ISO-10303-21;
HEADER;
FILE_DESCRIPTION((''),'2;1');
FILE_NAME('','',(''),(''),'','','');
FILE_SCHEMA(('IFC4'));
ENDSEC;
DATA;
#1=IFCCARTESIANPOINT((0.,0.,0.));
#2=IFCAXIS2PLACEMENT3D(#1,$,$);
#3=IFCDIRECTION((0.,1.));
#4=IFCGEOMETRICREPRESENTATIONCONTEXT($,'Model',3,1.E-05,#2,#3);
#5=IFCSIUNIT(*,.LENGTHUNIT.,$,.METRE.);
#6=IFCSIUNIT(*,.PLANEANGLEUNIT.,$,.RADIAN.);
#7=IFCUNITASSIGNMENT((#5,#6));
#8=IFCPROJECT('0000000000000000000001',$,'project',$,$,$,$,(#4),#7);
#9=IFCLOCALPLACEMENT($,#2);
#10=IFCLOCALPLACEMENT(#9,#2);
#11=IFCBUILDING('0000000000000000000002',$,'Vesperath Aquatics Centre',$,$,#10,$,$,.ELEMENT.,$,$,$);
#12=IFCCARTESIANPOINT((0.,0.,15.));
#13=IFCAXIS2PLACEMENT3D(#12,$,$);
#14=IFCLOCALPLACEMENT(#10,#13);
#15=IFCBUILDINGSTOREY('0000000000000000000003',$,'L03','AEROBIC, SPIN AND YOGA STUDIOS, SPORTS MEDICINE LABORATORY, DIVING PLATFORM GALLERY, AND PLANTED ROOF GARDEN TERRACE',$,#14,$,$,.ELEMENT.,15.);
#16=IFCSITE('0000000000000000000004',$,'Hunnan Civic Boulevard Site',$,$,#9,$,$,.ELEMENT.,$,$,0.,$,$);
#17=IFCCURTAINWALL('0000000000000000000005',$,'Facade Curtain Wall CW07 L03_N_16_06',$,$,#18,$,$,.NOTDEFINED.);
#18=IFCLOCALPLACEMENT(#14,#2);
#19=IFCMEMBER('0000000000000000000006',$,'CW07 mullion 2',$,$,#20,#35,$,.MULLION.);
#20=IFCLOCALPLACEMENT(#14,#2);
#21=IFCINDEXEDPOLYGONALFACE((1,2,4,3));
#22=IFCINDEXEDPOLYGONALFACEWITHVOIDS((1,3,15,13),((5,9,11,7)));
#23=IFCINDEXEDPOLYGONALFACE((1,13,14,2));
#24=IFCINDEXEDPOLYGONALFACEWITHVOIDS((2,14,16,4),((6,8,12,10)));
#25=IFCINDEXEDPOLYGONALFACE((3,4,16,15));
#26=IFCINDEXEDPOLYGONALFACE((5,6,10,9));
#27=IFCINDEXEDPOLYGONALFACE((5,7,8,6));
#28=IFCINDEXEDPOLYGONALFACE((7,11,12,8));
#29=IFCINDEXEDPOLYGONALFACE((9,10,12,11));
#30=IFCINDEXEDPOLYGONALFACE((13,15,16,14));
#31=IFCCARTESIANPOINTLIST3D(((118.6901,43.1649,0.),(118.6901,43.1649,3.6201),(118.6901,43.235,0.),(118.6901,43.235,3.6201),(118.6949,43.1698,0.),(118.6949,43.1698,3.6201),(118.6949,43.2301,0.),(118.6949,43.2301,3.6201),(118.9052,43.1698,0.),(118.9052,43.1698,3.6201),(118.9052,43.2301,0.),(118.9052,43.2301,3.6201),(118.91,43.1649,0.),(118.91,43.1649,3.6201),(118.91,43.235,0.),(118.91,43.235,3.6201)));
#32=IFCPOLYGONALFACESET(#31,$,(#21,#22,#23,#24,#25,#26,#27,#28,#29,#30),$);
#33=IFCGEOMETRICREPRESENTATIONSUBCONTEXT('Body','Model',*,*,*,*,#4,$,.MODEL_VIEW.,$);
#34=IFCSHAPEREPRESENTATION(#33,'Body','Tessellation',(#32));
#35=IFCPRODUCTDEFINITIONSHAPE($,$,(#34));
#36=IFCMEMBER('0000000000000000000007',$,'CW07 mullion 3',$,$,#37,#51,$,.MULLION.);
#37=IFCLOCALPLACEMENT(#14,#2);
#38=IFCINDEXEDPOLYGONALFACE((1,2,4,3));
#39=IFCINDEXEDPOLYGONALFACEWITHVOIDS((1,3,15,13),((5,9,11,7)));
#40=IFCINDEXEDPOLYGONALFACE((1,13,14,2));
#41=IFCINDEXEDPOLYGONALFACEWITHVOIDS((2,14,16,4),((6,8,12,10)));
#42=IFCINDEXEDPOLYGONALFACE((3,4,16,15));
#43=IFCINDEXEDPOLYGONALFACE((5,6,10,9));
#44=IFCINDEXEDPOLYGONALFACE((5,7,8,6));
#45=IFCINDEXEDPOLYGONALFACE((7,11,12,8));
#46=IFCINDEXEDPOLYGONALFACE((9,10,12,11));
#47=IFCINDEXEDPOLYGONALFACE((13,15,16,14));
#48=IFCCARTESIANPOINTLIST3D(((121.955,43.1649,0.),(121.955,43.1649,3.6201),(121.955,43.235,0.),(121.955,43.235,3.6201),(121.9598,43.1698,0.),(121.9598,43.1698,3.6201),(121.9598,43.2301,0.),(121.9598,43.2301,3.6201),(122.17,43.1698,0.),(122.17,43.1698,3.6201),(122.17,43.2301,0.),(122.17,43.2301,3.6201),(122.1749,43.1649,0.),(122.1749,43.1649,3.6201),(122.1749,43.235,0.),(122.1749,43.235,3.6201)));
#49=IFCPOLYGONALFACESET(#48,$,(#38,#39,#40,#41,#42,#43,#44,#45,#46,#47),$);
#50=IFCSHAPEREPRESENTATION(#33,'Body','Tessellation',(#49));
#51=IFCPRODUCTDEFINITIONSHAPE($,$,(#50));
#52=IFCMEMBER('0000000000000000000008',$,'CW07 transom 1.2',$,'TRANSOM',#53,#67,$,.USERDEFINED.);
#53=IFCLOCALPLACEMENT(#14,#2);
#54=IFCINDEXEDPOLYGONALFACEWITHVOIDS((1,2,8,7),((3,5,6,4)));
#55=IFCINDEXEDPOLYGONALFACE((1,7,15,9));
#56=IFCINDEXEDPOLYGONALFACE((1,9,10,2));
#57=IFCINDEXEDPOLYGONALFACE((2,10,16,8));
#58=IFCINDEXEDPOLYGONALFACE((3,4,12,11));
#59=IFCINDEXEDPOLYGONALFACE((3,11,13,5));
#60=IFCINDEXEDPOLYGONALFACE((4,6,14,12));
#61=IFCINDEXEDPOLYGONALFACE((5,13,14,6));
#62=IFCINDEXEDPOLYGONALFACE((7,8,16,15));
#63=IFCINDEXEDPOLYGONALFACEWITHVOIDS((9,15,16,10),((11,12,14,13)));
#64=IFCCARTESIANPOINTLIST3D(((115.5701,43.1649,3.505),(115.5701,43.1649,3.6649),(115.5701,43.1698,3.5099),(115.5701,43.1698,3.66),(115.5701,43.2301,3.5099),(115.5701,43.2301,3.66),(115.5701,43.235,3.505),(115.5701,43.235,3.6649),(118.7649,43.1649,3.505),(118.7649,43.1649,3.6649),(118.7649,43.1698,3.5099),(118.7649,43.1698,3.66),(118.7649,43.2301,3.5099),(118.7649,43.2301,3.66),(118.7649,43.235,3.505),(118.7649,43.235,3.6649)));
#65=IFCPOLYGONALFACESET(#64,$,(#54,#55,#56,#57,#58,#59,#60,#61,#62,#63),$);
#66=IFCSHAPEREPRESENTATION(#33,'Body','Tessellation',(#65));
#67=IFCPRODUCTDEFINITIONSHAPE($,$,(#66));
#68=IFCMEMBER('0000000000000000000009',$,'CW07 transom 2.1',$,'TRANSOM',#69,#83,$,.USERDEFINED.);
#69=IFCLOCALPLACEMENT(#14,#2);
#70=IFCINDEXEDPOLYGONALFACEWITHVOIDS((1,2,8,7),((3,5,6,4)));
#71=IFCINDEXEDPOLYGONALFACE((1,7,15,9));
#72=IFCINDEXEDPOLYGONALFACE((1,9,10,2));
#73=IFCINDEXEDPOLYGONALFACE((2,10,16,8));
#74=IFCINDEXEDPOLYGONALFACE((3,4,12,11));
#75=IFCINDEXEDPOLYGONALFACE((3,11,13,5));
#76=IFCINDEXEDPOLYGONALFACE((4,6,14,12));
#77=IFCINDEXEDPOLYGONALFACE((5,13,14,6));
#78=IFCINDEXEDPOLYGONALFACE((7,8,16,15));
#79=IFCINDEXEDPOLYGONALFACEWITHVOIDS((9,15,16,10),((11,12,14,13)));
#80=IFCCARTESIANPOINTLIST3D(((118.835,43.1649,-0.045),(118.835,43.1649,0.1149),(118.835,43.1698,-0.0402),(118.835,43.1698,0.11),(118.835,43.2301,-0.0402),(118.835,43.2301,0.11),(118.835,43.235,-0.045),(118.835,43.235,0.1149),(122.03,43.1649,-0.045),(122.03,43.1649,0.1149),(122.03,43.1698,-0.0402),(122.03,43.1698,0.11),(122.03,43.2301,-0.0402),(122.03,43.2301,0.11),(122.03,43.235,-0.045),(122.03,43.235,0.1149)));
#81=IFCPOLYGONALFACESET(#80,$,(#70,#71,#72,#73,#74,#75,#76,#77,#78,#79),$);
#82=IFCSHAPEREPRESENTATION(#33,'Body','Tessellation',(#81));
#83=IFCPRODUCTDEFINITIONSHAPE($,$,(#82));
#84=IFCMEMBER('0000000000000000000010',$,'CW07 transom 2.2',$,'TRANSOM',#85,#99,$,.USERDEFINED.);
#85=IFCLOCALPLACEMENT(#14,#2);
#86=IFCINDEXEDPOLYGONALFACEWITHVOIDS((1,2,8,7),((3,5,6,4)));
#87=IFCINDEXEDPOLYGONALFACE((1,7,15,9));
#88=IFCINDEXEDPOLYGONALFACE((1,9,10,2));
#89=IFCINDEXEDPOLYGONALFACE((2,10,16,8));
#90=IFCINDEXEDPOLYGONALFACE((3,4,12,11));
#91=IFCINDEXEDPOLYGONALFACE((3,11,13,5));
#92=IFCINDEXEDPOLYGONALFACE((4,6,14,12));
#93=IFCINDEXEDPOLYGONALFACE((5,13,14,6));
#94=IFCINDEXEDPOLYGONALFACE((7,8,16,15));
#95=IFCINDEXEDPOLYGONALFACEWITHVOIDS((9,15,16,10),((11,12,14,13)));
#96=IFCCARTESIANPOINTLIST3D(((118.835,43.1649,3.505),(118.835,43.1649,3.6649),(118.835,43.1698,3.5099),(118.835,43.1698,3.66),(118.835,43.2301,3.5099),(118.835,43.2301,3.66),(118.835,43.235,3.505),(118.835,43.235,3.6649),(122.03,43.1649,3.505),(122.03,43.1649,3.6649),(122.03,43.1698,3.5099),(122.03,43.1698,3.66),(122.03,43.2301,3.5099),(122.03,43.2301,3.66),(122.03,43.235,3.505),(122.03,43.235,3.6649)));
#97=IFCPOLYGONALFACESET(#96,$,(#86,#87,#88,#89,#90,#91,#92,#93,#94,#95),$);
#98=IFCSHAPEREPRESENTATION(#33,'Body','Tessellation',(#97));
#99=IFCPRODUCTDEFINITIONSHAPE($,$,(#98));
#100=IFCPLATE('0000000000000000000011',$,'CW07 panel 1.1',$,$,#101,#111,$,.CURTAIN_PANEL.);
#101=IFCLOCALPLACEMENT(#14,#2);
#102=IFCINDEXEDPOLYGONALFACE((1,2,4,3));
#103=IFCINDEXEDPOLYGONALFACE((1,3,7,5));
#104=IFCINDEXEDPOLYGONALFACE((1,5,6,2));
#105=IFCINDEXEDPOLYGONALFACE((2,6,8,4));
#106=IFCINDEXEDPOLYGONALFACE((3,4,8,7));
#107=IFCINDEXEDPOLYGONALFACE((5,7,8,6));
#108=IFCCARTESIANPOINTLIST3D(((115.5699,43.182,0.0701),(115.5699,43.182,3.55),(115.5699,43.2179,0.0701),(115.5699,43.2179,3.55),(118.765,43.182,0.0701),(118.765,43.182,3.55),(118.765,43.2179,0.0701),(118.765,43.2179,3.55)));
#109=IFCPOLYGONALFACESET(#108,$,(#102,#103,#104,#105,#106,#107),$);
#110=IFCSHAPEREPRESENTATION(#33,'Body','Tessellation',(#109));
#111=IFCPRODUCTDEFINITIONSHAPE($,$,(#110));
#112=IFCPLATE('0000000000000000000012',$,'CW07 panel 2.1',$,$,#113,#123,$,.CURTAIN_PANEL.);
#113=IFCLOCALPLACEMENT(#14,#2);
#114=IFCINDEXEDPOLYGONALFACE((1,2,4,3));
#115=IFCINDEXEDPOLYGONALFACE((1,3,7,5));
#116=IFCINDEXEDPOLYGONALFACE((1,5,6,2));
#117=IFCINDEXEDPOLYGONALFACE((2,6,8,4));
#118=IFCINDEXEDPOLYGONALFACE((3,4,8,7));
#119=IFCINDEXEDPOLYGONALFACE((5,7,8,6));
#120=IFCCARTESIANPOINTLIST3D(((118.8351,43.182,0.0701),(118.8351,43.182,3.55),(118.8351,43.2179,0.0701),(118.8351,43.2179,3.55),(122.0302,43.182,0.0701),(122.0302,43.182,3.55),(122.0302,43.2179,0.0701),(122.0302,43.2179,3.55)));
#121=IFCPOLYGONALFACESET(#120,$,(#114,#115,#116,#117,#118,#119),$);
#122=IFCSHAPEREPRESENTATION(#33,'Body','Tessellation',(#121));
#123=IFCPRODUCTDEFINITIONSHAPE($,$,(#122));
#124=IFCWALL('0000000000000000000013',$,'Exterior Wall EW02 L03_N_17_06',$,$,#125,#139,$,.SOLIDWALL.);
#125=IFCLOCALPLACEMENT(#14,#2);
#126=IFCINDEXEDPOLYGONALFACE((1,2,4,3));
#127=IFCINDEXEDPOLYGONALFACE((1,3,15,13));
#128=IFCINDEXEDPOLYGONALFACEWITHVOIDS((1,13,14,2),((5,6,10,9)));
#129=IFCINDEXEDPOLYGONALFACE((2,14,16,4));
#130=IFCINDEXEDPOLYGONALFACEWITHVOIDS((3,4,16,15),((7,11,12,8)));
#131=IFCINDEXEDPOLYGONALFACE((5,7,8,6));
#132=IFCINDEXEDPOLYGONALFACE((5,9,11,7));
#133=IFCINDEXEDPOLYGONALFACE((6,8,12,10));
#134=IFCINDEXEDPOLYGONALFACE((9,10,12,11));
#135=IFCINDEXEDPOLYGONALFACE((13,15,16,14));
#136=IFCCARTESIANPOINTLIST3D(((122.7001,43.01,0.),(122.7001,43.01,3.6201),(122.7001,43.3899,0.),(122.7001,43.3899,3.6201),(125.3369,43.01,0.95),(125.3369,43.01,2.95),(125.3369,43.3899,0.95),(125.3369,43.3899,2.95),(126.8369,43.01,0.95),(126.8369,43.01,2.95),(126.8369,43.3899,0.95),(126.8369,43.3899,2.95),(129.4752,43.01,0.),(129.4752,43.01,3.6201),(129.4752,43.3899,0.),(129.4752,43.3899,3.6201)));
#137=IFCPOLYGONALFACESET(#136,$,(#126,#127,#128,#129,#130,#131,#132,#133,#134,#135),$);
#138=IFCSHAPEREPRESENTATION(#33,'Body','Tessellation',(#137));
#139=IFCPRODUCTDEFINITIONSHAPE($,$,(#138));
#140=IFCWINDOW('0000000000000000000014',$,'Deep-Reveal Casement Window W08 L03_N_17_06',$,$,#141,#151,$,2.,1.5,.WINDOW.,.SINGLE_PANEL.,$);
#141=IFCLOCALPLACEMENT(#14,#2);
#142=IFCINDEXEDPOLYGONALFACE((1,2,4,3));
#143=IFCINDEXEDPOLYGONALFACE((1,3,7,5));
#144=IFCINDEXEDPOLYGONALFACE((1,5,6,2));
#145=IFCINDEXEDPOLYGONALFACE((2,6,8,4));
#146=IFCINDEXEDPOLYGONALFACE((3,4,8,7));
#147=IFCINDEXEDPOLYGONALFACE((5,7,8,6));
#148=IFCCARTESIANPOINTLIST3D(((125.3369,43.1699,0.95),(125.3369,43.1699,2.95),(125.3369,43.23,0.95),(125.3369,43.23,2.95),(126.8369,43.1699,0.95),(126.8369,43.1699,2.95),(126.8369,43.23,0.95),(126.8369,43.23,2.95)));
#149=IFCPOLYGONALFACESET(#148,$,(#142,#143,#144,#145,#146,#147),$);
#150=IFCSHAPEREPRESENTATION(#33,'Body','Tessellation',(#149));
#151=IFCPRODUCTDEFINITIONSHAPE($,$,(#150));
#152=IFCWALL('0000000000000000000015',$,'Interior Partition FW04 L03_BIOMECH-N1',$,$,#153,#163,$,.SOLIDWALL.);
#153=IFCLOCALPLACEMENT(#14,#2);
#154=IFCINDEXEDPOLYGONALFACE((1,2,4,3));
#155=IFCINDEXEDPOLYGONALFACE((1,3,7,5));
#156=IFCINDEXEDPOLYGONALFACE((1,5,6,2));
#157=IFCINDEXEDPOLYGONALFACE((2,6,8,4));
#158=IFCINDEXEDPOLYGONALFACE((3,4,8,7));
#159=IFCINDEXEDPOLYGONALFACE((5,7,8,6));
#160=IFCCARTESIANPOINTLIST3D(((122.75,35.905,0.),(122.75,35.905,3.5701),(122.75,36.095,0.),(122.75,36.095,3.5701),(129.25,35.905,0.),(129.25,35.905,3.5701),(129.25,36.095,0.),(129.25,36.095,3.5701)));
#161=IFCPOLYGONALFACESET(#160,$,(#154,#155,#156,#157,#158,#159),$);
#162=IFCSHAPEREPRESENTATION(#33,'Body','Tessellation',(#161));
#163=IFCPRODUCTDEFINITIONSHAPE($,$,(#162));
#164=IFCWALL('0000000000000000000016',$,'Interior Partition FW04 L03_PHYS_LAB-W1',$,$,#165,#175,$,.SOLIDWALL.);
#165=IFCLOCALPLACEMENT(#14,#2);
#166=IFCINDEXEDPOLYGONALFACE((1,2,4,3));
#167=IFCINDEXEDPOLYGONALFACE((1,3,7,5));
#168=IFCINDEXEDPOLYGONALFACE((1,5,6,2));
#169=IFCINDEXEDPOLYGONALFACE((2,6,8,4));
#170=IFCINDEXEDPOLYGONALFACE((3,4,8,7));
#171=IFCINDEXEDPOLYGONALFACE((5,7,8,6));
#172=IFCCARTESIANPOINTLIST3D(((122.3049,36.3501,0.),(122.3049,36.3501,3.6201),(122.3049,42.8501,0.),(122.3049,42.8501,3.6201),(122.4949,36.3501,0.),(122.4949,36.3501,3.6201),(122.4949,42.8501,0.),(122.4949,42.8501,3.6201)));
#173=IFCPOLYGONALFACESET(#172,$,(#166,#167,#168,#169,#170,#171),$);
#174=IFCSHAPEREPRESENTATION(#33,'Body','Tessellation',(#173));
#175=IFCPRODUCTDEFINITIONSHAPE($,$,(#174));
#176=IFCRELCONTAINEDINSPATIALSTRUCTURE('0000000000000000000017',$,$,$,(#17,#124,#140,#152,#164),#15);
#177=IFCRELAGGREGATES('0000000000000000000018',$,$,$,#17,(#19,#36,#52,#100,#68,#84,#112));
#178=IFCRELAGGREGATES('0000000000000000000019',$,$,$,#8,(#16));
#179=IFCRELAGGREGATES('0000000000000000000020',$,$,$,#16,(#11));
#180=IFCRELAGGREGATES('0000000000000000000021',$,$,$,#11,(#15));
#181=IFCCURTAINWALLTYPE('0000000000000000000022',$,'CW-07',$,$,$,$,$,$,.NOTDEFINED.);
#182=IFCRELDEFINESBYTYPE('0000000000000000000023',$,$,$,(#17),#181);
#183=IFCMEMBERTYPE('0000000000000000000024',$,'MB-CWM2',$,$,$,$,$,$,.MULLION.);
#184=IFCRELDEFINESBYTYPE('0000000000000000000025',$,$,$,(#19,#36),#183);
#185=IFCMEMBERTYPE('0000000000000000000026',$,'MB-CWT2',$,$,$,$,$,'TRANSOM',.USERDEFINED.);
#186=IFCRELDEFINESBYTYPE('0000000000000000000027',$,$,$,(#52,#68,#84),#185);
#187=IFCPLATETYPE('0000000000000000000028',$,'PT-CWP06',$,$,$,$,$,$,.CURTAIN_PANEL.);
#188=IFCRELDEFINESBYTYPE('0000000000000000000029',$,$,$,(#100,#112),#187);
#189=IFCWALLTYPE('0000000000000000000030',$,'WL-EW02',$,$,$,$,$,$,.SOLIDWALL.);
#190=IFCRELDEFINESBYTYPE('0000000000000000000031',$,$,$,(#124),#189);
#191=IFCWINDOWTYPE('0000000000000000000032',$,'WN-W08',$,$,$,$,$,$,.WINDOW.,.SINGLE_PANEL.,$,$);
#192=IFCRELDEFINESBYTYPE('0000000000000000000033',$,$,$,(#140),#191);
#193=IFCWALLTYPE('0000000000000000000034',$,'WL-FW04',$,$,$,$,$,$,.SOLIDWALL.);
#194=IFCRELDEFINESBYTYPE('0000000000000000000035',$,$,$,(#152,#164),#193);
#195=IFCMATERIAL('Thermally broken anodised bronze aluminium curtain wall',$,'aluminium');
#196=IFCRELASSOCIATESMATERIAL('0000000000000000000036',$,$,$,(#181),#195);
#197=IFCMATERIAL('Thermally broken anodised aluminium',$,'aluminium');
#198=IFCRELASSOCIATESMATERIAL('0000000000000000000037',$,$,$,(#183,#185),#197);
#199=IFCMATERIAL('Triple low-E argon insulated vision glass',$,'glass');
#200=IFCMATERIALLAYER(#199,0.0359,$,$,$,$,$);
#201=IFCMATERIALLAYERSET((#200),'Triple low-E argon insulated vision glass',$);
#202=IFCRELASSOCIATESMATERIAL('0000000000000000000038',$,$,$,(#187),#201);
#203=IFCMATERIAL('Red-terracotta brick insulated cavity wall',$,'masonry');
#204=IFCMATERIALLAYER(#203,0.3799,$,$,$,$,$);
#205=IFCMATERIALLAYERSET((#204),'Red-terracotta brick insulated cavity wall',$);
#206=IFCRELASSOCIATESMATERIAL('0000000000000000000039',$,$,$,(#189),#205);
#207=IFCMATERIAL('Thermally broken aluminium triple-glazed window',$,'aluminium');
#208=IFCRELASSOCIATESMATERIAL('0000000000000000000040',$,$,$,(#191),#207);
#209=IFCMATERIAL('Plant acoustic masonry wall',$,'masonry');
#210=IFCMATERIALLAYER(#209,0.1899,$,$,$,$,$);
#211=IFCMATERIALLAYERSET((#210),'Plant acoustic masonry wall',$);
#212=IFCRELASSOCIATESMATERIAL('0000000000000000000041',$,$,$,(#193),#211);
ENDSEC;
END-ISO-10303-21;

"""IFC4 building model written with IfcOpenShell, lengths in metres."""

from ifc_helpers import new_model, si_unit, direction, frame, frame_2d, origin, origin_2d, place, context, subcontext, project, spatial, rectangle, hollow_rectangle, extrude, material, layer, layer_set, material_profile, profile_set, type_object, element, fill, aggregate, save


model = new_model("IFC4")

# Units and contexts
model_context = context("Model", 3, precision=1e-05, world=origin(), true_north=direction((0.0, 1.0)))
body_context = subcontext(model_context, "Body", "Model", "MODEL_VIEW")
ifc_project = project(units=[si_unit("LENGTHUNIT", "METRE"), si_unit("PLANEANGLEUNIT", "RADIAN")], contexts=[model_context])

# Site, building, storey
site_placement = place(None, origin())
site = spatial("IfcSite", under=ifc_project, at=site_placement, Name="Hunnan Civic Boulevard Site", CompositionType="ELEMENT", RefElevation=0.0)
building_placement = place(site_placement, origin())
building = spatial("IfcBuilding", under=site, at=building_placement, Name="Vesperath Aquatics Centre", CompositionType="ELEMENT")
storey_placement = place(building_placement, frame((0.0, 0.0, 15.0)))
storey = spatial("IfcBuildingStorey", under=building, at=storey_placement, Name="L03", Description="AEROBIC, SPIN AND YOGA STUDIOS, SPORTS MEDICINE LABORATORY, DIVING PLATFORM GALLERY, AND PLANTED ROOF GARDEN TERRACE", CompositionType="ELEMENT", Elevation=15.0)

# Curtain wall, members, plates
ifc_material_1 = material(Name="Thermally broken anodised bronze aluminium curtain wall", Category="aluminium")
curtain_wall_type = type_object("IfcCurtainWallType", Name="CW-07", PredefinedType="NOTDEFINED", material=ifc_material_1)
curtain_wall_placement = place(storey_placement, origin())
curtain_wall = element("IfcCurtainWall", 1, at=curtain_wall_placement, inside=storey, type_object=curtain_wall_type, Name="Facade Curtain Wall CW07 L03_N_16_06", PredefinedType="NOTDEFINED")
ifc_material_2 = material(Name="Thermally broken anodised aluminium", Category="aluminium")
ifc_material_profile_1 = material_profile(ifc_material_2, hollow_rectangle(XDim=0.0701, YDim=0.22, WallThickness=0.0049, at=origin_2d()), Name="CWM 70x220x5")
ifc_profile_set_1 = profile_set([ifc_material_profile_1], Name="Thermally broken anodised aluminium")
member_type_1 = type_object("IfcMemberType", Name="MB-CWM2", PredefinedType="MULLION", material=ifc_profile_set_1)
member_1_placement = place(storey_placement, frame((118.8, 43.2, 0.0), z_axis=(0.0, 0.0, 1.0), x_axis=(0.0, 1.0, 0.0)))
member_1 = element("IfcMember", 2, at=member_1_placement, type_object=member_type_1, Name="CW07 mullion 2", PredefinedType="MULLION", context=body_context, shape_type="SweptSolid", body=[
    extrude(hollow_rectangle(XDim=0.0701, YDim=0.22, WallThickness=0.0049, at=origin_2d()), origin(), (0.0, 0.0, 1.0), 3.6201),
])
member_2_placement = place(storey_placement, frame((122.0649, 43.2, 0.0), z_axis=(0.0, 0.0, 1.0), x_axis=(0.0, 1.0, 0.0)))
member_2 = element("IfcMember", 3, at=member_2_placement, type_object=member_type_1, Name="CW07 mullion 3", PredefinedType="MULLION", context=body_context, shape_type="SweptSolid", body=[
    extrude(hollow_rectangle(XDim=0.0701, YDim=0.22, WallThickness=0.0049, at=origin_2d()), origin(), (0.0, 0.0, 1.0), 3.6201),
])
ifc_material_profile_2 = material_profile(ifc_material_2, hollow_rectangle(XDim=0.0701, YDim=0.1599, WallThickness=0.0049, at=origin_2d()), Name="CWT 70x160x5")
ifc_profile_set_2 = profile_set([ifc_material_profile_2], Name="Thermally broken anodised aluminium")
member_type_2 = type_object("IfcMemberType", Name="MB-CWT2", ElementType="TRANSOM", PredefinedType="USERDEFINED", material=ifc_profile_set_2)
member_3_placement = place(storey_placement, frame((115.5701, 43.2, 3.585), z_axis=(1.0, 0.0, 0.0), x_axis=(0.0, 1.0, 0.0)))
member_3 = element("IfcMember", 4, at=member_3_placement, type_object=member_type_2, Name="CW07 transom 1.2", ObjectType="TRANSOM", PredefinedType="USERDEFINED", context=body_context, shape_type="SweptSolid", body=[
    extrude(hollow_rectangle(XDim=0.0701, YDim=0.1599, WallThickness=0.0049, at=origin_2d()), origin(), (0.0, 0.0, 1.0), 3.1948),
])
member_4_placement = place(storey_placement, frame((118.835, 43.2, 0.0349), z_axis=(1.0, 0.0, 0.0), x_axis=(0.0, 1.0, 0.0)))
member_4 = element("IfcMember", 5, at=member_4_placement, type_object=member_type_2, Name="CW07 transom 2.1", ObjectType="TRANSOM", PredefinedType="USERDEFINED", context=body_context, shape_type="SweptSolid", body=[
    extrude(hollow_rectangle(XDim=0.0701, YDim=0.1599, WallThickness=0.0049, at=origin_2d()), origin(), (0.0, 0.0, 1.0), 3.1951),
])
member_5_placement = place(storey_placement, frame((118.835, 43.2, 3.585), z_axis=(1.0, 0.0, 0.0), x_axis=(0.0, 1.0, 0.0)))
member_5 = element("IfcMember", 6, at=member_5_placement, type_object=member_type_2, Name="CW07 transom 2.2", ObjectType="TRANSOM", PredefinedType="USERDEFINED", context=body_context, shape_type="SweptSolid", body=[
    extrude(hollow_rectangle(XDim=0.0701, YDim=0.1599, WallThickness=0.0049, at=origin_2d()), origin(), (0.0, 0.0, 1.0), 3.1951),
])
ifc_material_3 = material(Name="Triple low-E argon insulated vision glass", Category="glass")
ifc_layer_1 = layer(ifc_material_3, 0.0359)
ifc_layer_set_1 = layer_set([ifc_layer_1], Name="Triple low-E argon insulated vision glass")
plate_type = type_object("IfcPlateType", Name="PT-CWP06", PredefinedType="CURTAIN_PANEL", material=ifc_layer_set_1)
plate_1_placement = place(storey_placement, frame((117.1675, 43.2, 0.0701), z_axis=(0.0, 0.0, 1.0), x_axis=(1.0, 0.0, 0.0)))
plate_1 = element("IfcPlate", 7, at=plate_1_placement, type_object=plate_type, Name="CW07 panel 1.1", PredefinedType="CURTAIN_PANEL", context=body_context, shape_type="SweptSolid", body=[
    extrude(rectangle(XDim=3.1951, YDim=0.0359, at=origin_2d()), origin(), (0.0, 0.0, 1.0), 3.48),
])
plate_2_placement = place(storey_placement, frame((120.4326, 43.2, 0.0701), z_axis=(0.0, 0.0, 1.0), x_axis=(1.0, 0.0, 0.0)))
plate_2 = element("IfcPlate", 8, at=plate_2_placement, type_object=plate_type, Name="CW07 panel 2.1", PredefinedType="CURTAIN_PANEL", context=body_context, shape_type="SweptSolid", body=[
    extrude(rectangle(XDim=3.1951, YDim=0.0359, at=origin_2d()), origin(), (0.0, 0.0, 1.0), 3.48),
])
aggregate(curtain_wall, [member_1, member_2, member_3, plate_1, member_4, member_5, plate_2])

# Wall, opening, window
ifc_material_4 = material(Name="Red-terracotta brick insulated cavity wall", Category="masonry")
ifc_layer_2 = layer(ifc_material_4, 0.3799)
ifc_layer_set_2 = layer_set([ifc_layer_2], Name="Red-terracotta brick insulated cavity wall")
wall_type_1 = type_object("IfcWallType", Name="WL-EW02", PredefinedType="SOLIDWALL", material=ifc_layer_set_2)
wall_1_placement = place(storey_placement, frame((122.7, 43.2, 0.0), z_axis=(0.0, 0.0, 1.0), x_axis=(1.0, 0.0, 0.0)))
wall_1 = element("IfcWall", 9, at=wall_1_placement, inside=storey, type_object=wall_type_1, Name="Exterior Wall EW02 L03_N_17_06", PredefinedType="SOLIDWALL", context=body_context, shape_type="SweptSolid", body=[
    extrude(rectangle(XDim=6.7751, YDim=0.3799, at=frame_2d((3.3877, 0.0))), origin(), (0.0, 0.0, 1.0), 3.6201),
])
opening_placement = place(wall_1_placement, frame((2.637, 0.0, 0.95)))
opening = element("IfcOpeningElement", 10, at=opening_placement, cuts=wall_1, PredefinedType="OPENING", context=body_context, shape_type="SweptSolid", body=[
    extrude(rectangle(XDim=1.5, YDim=2.0, at=frame_2d((0.75, 1.0))), frame((0.0, 0.2048, 0.0), z_axis=(0.0, -1.0, 0.0), x_axis=(1.0, 0.0, 0.0)), (0.0, 0.0, 1.0), 0.4097),
])
ifc_material_5 = material(Name="Thermally broken aluminium triple-glazed window", Category="aluminium")
window_type = type_object("IfcWindowType", Name="WN-W08", PartitioningType="SINGLE_PANEL", PredefinedType="WINDOW", material=ifc_material_5)
window_placement = place(opening_placement, origin())
window = element("IfcWindow", 11, at=window_placement, inside=storey, type_object=window_type, Name="Deep-Reveal Casement Window W08 L03_N_17_06", OverallHeight=2.0, OverallWidth=1.5, PartitioningType="SINGLE_PANEL", PredefinedType="WINDOW", context=body_context, shape_type="SweptSolid", body=[
    extrude(rectangle(XDim=1.5, YDim=2.0, at=frame_2d((0.75, 1.0))), frame((0.0, 0.03, 0.0), z_axis=(0.0, -1.0, 0.0), x_axis=(1.0, 0.0, 0.0)), (0.0, 0.0, 1.0), 0.0601),
])
fill(opening, window)

# Walls
ifc_material_6 = material(Name="Plant acoustic masonry wall", Category="masonry")
ifc_layer_3 = layer(ifc_material_6, 0.1899)
ifc_layer_set_3 = layer_set([ifc_layer_3], Name="Plant acoustic masonry wall")
wall_type_2 = type_object("IfcWallType", Name="WL-FW04", PredefinedType="SOLIDWALL", material=ifc_layer_set_3)
wall_2_placement = place(storey_placement, frame((122.75, 36.0, 0.0), z_axis=(0.0, 0.0, 1.0), x_axis=(1.0, 0.0, 0.0)))
element("IfcWall", 12, at=wall_2_placement, inside=storey, type_object=wall_type_2, Name="Interior Partition FW04 L03_BIOMECH-N1", PredefinedType="SOLIDWALL", context=body_context, shape_type="SweptSolid", body=[
    extrude(rectangle(XDim=6.5, YDim=0.1899, at=frame_2d((3.25, 0.0))), origin(), (0.0, 0.0, 1.0), 3.5701),
])
wall_3_placement = place(storey_placement, frame((122.3999, 36.3501, 0.0), z_axis=(0.0, 0.0, 1.0), x_axis=(0.0, 1.0, 0.0)))
element("IfcWall", 13, at=wall_3_placement, inside=storey, type_object=wall_type_2, Name="Interior Partition FW04 L03_PHYS_LAB-W1", PredefinedType="SOLIDWALL", context=body_context, shape_type="SweptSolid", body=[
    extrude(rectangle(XDim=6.5, YDim=0.1899, at=frame_2d((3.25, 0.0))), origin(), (0.0, 0.0, 1.0), 3.6201),
])

save(model, "model.ifc")
